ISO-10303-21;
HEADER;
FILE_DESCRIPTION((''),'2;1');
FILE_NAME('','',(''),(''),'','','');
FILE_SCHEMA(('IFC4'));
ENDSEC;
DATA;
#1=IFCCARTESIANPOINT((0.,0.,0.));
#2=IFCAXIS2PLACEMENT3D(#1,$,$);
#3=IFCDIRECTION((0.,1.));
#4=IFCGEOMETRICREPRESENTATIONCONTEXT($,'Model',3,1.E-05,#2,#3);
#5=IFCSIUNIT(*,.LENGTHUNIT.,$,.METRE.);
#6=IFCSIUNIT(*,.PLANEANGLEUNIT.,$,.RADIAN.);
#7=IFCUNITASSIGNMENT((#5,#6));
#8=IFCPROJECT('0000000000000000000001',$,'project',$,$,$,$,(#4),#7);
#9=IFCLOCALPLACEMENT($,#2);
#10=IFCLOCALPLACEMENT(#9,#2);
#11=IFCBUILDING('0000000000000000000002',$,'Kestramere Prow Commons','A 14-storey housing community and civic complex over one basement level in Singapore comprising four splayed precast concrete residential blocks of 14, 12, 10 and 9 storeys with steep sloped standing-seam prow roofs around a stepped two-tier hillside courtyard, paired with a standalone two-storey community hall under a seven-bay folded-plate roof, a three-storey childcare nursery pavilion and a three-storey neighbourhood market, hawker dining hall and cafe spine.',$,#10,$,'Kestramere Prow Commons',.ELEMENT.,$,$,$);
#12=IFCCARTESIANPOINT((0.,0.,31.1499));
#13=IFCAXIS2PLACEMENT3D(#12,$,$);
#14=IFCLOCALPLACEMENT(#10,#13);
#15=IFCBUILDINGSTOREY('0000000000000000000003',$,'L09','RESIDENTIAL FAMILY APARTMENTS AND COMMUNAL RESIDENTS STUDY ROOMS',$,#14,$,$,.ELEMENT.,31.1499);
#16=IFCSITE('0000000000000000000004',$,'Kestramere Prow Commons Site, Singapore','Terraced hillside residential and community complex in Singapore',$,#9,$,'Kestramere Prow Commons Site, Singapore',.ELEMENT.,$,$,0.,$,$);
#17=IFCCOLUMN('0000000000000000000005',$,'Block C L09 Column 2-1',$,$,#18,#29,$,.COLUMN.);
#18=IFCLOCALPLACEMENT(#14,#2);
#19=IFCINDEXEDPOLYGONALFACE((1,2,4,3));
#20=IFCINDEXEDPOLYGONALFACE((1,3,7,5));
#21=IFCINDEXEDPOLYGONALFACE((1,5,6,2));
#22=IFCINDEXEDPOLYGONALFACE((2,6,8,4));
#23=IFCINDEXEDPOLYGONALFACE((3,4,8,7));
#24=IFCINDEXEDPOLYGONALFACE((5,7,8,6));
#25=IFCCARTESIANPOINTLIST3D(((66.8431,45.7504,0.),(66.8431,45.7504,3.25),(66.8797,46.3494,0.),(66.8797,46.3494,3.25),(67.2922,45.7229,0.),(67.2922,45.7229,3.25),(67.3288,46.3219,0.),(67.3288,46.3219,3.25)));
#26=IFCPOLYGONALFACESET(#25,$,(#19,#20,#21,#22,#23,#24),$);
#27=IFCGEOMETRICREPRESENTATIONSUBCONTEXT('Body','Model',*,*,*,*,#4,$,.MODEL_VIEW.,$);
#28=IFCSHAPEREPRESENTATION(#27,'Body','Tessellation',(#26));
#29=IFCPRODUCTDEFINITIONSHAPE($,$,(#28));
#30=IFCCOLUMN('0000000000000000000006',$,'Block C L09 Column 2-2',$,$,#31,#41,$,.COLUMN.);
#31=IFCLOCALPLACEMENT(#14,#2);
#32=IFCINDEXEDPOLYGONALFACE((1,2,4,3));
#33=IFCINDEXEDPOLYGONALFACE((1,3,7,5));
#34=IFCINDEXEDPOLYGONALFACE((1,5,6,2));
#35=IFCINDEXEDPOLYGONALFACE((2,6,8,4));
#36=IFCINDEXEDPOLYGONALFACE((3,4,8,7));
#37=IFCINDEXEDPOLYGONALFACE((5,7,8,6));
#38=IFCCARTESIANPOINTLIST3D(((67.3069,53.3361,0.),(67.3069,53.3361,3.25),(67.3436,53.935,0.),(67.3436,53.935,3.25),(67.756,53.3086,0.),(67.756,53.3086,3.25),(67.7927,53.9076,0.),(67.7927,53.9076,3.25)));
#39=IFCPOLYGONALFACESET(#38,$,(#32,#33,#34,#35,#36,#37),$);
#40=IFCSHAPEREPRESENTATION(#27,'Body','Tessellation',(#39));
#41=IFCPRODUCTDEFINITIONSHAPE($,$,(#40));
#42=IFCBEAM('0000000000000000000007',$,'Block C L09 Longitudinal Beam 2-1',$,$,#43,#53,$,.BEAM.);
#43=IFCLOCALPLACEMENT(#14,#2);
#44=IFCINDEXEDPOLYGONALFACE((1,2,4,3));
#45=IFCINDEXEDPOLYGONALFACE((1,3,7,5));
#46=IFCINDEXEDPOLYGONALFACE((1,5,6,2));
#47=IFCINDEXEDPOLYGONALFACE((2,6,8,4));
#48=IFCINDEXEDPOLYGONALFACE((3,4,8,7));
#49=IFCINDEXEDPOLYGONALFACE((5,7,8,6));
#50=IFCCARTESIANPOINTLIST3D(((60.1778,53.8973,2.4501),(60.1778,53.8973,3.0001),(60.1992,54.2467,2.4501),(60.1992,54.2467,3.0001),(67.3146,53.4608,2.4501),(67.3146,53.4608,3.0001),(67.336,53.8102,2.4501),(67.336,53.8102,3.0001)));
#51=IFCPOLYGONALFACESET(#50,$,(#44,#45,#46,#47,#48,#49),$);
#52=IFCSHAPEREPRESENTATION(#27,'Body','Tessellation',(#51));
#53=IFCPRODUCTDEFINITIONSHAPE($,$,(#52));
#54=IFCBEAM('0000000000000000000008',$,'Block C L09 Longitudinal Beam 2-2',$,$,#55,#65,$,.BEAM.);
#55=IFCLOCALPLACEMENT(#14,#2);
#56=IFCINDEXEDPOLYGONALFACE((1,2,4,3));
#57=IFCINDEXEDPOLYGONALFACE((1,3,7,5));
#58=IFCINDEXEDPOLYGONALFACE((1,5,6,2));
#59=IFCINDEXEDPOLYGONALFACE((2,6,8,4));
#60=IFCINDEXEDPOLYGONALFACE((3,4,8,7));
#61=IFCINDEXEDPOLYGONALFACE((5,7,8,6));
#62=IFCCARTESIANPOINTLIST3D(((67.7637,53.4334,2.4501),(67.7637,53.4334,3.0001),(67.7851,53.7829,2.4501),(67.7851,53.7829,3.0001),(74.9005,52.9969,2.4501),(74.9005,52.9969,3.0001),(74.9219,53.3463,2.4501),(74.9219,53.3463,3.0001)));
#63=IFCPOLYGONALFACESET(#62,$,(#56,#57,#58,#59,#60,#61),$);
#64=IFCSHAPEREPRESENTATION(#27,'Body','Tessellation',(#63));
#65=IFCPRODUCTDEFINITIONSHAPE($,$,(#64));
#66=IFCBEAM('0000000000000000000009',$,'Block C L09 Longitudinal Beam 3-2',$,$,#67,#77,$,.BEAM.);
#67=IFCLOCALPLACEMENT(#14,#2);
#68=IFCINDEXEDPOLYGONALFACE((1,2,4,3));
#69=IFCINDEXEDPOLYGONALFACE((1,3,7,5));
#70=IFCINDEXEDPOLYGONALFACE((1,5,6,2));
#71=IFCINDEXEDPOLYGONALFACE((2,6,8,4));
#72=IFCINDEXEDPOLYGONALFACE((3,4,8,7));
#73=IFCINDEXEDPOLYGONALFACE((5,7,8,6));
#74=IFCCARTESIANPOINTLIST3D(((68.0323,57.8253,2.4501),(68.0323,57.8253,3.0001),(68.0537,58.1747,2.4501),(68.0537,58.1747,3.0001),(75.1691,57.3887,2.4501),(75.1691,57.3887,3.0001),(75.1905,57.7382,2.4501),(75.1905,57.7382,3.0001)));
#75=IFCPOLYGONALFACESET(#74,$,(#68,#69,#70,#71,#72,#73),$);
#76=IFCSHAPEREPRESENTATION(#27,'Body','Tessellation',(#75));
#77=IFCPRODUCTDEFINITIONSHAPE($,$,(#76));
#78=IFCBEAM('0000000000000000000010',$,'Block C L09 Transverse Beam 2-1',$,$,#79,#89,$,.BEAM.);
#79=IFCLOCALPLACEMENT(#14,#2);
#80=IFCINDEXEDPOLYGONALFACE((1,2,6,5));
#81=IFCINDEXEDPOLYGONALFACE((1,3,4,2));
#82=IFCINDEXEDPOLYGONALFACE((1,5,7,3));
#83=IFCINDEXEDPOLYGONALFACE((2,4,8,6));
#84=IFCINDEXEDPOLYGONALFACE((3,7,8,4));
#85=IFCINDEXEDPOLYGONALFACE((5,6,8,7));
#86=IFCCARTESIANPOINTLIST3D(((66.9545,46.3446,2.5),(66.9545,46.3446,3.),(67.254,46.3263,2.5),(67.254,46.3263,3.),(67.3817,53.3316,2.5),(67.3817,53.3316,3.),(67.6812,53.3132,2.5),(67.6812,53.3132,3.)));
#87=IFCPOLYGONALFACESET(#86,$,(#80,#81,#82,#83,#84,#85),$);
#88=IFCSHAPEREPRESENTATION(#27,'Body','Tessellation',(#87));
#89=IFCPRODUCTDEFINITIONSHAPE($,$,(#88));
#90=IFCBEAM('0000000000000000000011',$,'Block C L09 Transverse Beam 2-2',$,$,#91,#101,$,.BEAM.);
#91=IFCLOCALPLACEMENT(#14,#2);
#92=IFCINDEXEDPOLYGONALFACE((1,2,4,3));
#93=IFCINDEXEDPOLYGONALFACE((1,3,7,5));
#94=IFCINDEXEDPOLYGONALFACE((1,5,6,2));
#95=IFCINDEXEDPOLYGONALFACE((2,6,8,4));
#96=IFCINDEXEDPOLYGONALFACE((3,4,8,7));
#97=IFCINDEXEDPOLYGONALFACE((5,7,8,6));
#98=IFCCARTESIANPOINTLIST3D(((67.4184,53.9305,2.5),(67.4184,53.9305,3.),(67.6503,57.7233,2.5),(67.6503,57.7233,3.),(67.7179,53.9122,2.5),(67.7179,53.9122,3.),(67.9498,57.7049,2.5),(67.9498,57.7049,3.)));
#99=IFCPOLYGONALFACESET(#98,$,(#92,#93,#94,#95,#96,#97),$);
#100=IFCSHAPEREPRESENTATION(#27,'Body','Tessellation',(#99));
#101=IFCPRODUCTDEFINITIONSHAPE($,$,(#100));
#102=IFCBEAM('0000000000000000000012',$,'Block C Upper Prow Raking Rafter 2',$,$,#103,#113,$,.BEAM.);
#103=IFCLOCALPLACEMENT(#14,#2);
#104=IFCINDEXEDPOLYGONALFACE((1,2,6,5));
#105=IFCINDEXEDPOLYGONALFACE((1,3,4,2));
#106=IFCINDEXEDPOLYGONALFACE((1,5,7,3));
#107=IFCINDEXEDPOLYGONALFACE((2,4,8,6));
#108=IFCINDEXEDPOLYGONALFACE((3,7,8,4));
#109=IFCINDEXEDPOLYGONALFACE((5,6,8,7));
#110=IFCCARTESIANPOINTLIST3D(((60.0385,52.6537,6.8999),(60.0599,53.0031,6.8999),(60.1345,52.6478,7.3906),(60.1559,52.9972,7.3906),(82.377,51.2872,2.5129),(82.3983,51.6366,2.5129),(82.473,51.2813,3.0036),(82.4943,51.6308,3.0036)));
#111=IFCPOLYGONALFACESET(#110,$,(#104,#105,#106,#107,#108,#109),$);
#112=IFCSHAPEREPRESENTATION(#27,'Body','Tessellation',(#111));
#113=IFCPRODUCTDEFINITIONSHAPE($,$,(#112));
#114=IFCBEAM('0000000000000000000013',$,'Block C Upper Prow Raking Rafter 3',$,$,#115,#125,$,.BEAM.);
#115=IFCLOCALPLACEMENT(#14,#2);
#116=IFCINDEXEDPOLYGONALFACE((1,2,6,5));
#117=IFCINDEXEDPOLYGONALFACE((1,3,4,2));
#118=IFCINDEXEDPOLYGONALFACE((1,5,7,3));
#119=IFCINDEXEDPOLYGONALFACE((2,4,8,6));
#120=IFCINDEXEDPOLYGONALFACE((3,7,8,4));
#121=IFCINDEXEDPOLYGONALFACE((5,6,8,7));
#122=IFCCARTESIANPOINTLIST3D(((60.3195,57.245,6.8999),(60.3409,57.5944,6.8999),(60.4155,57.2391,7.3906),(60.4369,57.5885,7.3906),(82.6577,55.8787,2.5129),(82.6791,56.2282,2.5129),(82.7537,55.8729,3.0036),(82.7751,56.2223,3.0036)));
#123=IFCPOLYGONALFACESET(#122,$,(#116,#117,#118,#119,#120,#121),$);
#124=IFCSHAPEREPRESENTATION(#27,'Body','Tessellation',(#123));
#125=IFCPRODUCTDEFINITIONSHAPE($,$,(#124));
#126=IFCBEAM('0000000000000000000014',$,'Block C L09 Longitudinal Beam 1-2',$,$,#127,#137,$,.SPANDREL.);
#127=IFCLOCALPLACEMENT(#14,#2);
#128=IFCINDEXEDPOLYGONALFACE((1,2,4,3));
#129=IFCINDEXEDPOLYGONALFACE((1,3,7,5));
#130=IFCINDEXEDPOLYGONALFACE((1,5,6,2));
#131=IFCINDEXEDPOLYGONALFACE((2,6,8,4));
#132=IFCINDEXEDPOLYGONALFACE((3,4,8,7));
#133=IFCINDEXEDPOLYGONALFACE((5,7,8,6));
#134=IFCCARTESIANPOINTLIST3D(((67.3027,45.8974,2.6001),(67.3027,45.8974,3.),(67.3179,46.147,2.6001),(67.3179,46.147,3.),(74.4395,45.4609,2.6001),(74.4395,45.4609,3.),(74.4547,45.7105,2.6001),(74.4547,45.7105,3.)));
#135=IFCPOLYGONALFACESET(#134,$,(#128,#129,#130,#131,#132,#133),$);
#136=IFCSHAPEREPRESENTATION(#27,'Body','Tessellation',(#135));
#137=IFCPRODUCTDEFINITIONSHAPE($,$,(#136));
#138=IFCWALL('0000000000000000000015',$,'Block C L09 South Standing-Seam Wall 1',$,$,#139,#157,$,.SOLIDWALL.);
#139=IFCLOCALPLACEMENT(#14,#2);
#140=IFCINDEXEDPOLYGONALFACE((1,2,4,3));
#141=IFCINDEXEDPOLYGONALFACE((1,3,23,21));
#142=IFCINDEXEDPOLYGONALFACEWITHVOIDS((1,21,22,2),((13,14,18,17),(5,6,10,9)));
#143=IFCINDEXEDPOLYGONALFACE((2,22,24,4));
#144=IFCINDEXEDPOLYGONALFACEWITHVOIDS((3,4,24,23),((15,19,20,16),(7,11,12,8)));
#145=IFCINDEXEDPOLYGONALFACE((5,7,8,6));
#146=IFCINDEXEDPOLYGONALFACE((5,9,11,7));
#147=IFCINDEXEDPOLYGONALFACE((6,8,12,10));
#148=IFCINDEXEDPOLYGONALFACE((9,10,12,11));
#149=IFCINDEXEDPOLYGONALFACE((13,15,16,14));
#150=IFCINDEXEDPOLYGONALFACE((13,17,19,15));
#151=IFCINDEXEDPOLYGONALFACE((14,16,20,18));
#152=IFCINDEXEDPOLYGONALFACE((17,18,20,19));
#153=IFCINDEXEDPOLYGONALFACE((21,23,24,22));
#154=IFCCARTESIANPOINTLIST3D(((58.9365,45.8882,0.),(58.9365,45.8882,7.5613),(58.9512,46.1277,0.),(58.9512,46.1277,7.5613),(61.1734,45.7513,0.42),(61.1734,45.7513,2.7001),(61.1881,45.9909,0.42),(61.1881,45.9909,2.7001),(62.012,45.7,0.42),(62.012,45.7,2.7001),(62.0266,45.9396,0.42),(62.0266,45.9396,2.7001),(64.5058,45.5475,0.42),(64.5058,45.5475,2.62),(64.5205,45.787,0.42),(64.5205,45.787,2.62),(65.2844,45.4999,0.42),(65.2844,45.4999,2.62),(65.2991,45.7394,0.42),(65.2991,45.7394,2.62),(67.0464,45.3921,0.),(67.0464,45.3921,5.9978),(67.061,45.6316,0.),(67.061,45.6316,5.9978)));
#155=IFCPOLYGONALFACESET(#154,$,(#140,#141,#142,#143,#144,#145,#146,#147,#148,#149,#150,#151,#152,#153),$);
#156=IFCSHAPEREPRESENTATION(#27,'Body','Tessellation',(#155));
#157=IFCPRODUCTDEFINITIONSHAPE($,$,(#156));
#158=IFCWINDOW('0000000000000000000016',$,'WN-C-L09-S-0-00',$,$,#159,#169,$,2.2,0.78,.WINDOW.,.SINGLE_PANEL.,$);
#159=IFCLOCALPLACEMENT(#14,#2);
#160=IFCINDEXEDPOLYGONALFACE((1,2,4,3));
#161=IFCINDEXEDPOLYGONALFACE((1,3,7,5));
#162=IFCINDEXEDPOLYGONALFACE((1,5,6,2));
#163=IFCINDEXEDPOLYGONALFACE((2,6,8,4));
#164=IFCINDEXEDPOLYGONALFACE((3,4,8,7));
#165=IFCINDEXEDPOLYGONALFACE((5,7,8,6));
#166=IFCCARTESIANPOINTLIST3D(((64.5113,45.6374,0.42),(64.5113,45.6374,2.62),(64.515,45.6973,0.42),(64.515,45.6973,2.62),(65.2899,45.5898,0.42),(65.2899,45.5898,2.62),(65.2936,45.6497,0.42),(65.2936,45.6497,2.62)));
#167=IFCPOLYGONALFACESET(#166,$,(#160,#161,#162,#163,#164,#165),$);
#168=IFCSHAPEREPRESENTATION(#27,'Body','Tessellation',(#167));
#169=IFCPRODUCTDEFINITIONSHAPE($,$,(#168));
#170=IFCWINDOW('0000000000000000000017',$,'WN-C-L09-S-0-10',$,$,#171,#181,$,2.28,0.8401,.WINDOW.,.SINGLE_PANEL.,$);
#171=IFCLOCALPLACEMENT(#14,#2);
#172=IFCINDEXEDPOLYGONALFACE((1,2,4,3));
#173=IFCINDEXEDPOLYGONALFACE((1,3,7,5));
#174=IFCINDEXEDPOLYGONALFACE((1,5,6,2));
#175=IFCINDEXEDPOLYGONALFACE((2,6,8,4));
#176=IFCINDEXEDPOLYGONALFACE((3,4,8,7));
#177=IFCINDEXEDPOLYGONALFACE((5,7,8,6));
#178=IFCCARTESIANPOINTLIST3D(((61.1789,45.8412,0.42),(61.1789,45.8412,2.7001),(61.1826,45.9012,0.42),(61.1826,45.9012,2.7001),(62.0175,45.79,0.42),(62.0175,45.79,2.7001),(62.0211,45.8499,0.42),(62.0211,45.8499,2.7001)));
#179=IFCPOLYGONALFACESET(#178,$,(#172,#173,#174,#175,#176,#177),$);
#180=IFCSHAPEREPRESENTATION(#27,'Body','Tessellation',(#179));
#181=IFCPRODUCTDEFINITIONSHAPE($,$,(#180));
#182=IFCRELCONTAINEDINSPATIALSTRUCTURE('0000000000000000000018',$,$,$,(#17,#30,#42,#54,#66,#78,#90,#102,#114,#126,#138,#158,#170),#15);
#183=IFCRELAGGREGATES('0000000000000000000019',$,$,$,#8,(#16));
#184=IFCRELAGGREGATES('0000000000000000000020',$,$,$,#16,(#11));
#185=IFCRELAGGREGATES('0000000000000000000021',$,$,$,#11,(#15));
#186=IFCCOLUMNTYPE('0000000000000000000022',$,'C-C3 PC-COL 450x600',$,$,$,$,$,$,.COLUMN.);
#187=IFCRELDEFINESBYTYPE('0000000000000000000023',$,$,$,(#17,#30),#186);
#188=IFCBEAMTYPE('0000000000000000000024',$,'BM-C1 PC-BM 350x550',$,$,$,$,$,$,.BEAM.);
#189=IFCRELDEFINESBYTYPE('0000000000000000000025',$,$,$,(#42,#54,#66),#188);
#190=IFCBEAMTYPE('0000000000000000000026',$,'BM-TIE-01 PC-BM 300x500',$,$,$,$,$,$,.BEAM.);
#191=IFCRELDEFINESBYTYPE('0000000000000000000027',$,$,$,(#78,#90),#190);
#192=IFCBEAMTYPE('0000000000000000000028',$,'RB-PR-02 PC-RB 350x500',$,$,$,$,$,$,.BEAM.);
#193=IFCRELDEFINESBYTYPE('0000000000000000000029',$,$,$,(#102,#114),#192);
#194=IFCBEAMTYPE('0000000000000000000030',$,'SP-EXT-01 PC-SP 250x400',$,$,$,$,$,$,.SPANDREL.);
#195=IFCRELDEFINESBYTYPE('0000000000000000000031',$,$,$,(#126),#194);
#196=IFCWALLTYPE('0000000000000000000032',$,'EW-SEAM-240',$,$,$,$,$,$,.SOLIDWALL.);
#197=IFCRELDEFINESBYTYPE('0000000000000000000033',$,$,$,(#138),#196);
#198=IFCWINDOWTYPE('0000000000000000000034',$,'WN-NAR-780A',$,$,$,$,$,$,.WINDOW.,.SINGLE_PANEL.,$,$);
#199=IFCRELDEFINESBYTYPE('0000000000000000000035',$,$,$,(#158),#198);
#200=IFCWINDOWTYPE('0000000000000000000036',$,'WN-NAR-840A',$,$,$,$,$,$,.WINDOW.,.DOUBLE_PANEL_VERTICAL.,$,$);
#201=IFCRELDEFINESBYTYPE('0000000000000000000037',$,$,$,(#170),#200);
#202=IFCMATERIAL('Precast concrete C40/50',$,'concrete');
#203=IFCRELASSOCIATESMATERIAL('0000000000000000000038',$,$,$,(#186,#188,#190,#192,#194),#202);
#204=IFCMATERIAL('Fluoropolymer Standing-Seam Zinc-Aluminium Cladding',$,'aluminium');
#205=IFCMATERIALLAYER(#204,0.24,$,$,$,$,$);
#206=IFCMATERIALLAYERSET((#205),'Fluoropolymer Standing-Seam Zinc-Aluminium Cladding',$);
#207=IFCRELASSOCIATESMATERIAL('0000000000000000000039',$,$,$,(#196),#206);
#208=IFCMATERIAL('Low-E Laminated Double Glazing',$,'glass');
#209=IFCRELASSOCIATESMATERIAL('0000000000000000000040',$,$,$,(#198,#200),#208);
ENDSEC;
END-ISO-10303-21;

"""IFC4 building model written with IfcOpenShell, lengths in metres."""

from ifc_helpers import new_model, si_unit, direction, frame, frame_2d, origin, origin_2d, place, context, subcontext, project, spatial, polyline, rectangle, outline, extrude, material, layer, layer_set, material_profile, profile_set, type_object, element, fill, save


model = new_model("IFC4")

# Units and contexts
model_context = context("Model", 3, precision=1e-05, world=origin(), true_north=direction((0.0, 1.0)))
body_context = subcontext(model_context, "Body", "Model", "MODEL_VIEW")
ifc_project = project(units=[si_unit("LENGTHUNIT", "METRE"), si_unit("PLANEANGLEUNIT", "RADIAN")], contexts=[model_context])

# Site, building, storey
site_placement = place(None, origin())
site = spatial("IfcSite", under=ifc_project, at=site_placement, Name="Kestramere Prow Commons Site, Singapore", Description="Terraced hillside residential and community complex in Singapore", LongName="Kestramere Prow Commons Site, Singapore", CompositionType="ELEMENT", RefElevation=0.0)
building_placement = place(site_placement, origin())
building = spatial("IfcBuilding", under=site, at=building_placement, Name="Kestramere Prow Commons", Description="A 14-storey housing community and civic complex over one basement level in Singapore comprising four splayed precast concrete residential blocks of 14, 12, 10 and 9 storeys with steep sloped standing-seam prow roofs around a stepped two-tier hillside courtyard, paired with a standalone two-storey community hall under a seven-bay folded-plate roof, a three-storey childcare nursery pavilion and a three-storey neighbourhood market, hawker dining hall and cafe spine.", LongName="Kestramere Prow Commons", CompositionType="ELEMENT")
storey_placement = place(building_placement, frame((0.0, 0.0, 31.1499)))
storey = spatial("IfcBuildingStorey", under=building, at=storey_placement, Name="L09", Description="RESIDENTIAL FAMILY APARTMENTS AND COMMUNAL RESIDENTS STUDY ROOMS", CompositionType="ELEMENT", Elevation=31.1499)

# Columns
ifc_material_1 = material(Name="Precast concrete C40/50", Category="concrete")
ifc_material_profile_1 = material_profile(ifc_material_1, rectangle(XDim=0.45, YDim=0.6001, at=origin_2d()), Name="PC-COL 450x600")
ifc_profile_set_1 = profile_set([ifc_material_profile_1], Name="Precast concrete C40/50")
column_type = type_object("IfcColumnType", Name="C-C3 PC-COL 450x600", PredefinedType="COLUMN", material=ifc_profile_set_1)
for number, where, z_axis, x_axis, name in (
    (1, (67.0859, 46.0361, 0.0), (0.0, 0.0, 1.0), (0.998135, -0.061049, 0.0), "Block C L09 Column 2-1"),
    (2, (67.5498, 53.6218, 0.0), (0.0, 0.0, 1.0), (0.998135, -0.061049, 0.0), "Block C L09 Column 2-2"),
):
    element("IfcColumn", number, at=place(storey_placement, frame(where, z_axis=z_axis, x_axis=x_axis)), inside=storey, type_object=column_type, Name=name, PredefinedType="COLUMN", context=body_context, shape_type="SweptSolid", body=[
        extrude(rectangle(XDim=0.45, YDim=0.6001, at=origin_2d()), origin(), (0.0, 0.0, 1.0), 3.25),
    ])

# Beams
ifc_material_profile_2 = material_profile(ifc_material_1, rectangle(XDim=0.3501, YDim=0.55, at=origin_2d()), Name="PC-BM 350x550")
ifc_profile_set_2 = profile_set([ifc_material_profile_2], Name="Precast concrete C40/50")
beam_type_1 = type_object("IfcBeamType", Name="BM-C1 PC-BM 350x550", PredefinedType="BEAM", material=ifc_profile_set_2)
for number, where, z_axis, x_axis, name in (
    (3, (60.1885, 54.072, 2.7251), (0.998135, -0.061052, 0.0), (0.061052, 0.998135, 0.0), "Block C L09 Longitudinal Beam 2-1"),
    (4, (67.7744, 53.6082, 2.7251), (0.998135, -0.061052, 0.0), (0.061052, 0.998135, 0.0), "Block C L09 Longitudinal Beam 2-2"),
    (5, (68.043, 58.0, 2.7251), (0.998135, -0.061052, 0.0), (0.061052, 0.998135, 0.0), "Block C L09 Longitudinal Beam 3-2"),
):
    element("IfcBeam", number, at=place(storey_placement, frame(where, z_axis=z_axis, x_axis=x_axis)), inside=storey, type_object=beam_type_1, Name=name, PredefinedType="BEAM", context=body_context, shape_type="SweptSolid", body=[
        extrude(rectangle(XDim=0.3501, YDim=0.55, at=origin_2d()), origin(), (0.0, 0.0, 1.0), 7.1501),
    ])
ifc_material_profile_3 = material_profile(ifc_material_1, rectangle(XDim=0.3, YDim=0.5, at=origin_2d()), Name="PC-BM 300x500")
ifc_profile_set_3 = profile_set([ifc_material_profile_3], Name="Precast concrete C40/50")
beam_type_2 = type_object("IfcBeamType", Name="BM-TIE-01 PC-BM 300x500", PredefinedType="BEAM", material=ifc_profile_set_3)
beam_1_placement = place(storey_placement, frame((67.1042, 46.3354, 2.75), z_axis=(0.061034, 0.998136, 0.0), x_axis=(-0.998136, 0.061034, 0.0)))
element("IfcBeam", 6, at=beam_1_placement, inside=storey, type_object=beam_type_2, Name="Block C L09 Transverse Beam 2-1", PredefinedType="BEAM", context=body_context, shape_type="SweptSolid", body=[
    extrude(rectangle(XDim=0.3, YDim=0.5, at=origin_2d()), origin(), (0.0, 0.0, 1.0), 7.0),
])
beam_2_placement = place(storey_placement, frame((67.5681, 53.9214, 2.75), z_axis=(0.061038, 0.998135, 0.0), x_axis=(-0.998135, 0.061038, 0.0)))
element("IfcBeam", 7, at=beam_2_placement, inside=storey, type_object=beam_type_2, Name="Block C L09 Transverse Beam 2-2", PredefinedType="BEAM", context=body_context, shape_type="SweptSolid", body=[
    extrude(rectangle(XDim=0.3, YDim=0.5, at=origin_2d()), origin(), (0.0, 0.0, 1.0), 3.7998),
])
ifc_material_profile_4 = material_profile(ifc_material_1, rectangle(XDim=0.3501, YDim=0.5, at=origin_2d()), Name="PC-RB 350x500")
ifc_profile_set_4 = profile_set([ifc_material_profile_4], Name="Precast concrete C40/50")
beam_type_3 = type_object("IfcBeamType", Name="RB-PR-02 PC-RB 350x500", PredefinedType="BEAM", material=ifc_profile_set_4)
beam_3_placement = place(storey_placement, frame((60.0972, 52.8254, 7.1453), z_axis=(0.979494, -0.059916, -0.19236), x_axis=(0.061057, 0.998134, 0.0)))
element("IfcBeam", 8, at=beam_3_placement, inside=storey, type_object=beam_type_3, Name="Block C Upper Prow Raking Rafter 2", PredefinedType="BEAM", context=body_context, shape_type="SweptSolid", body=[
    extrude(rectangle(XDim=0.3501, YDim=0.5, at=origin_2d()), origin(), (0.0, 0.0, 1.0), 22.8062),
])
beam_4_placement = place(storey_placement, frame((60.3782, 57.4167, 7.1453), z_axis=(0.979494, -0.059906, -0.192362), x_axis=(0.061046, 0.998135, 0.0)))
element("IfcBeam", 9, at=beam_4_placement, inside=storey, type_object=beam_type_3, Name="Block C Upper Prow Raking Rafter 3", PredefinedType="BEAM", context=body_context, shape_type="SweptSolid", body=[
    extrude(rectangle(XDim=0.3501, YDim=0.5, at=origin_2d()), origin(), (0.0, 0.0, 1.0), 22.8059),
])
ifc_material_profile_5 = material_profile(ifc_material_1, rectangle(XDim=0.25, YDim=0.3999, at=origin_2d()), Name="PC-SP 250x400")
ifc_profile_set_5 = profile_set([ifc_material_profile_5], Name="Precast concrete C40/50")
beam_type_4 = type_object("IfcBeamType", Name="SP-EXT-01 PC-SP 250x400", PredefinedType="SPANDREL", material=ifc_profile_set_5)
beam_5_placement = place(storey_placement, frame((67.3103, 46.0222, 2.8), z_axis=(0.998135, -0.061052, 0.0), x_axis=(0.061052, 0.998135, 0.0)))
element("IfcBeam", 10, at=beam_5_placement, inside=storey, type_object=beam_type_4, Name="Block C L09 Longitudinal Beam 1-2", PredefinedType="SPANDREL", context=body_context, shape_type="SweptSolid", body=[
    extrude(rectangle(XDim=0.25, YDim=0.3999, at=origin_2d()), origin(), (0.0, 0.0, 1.0), 7.1501),
])

# Wall, openings, windows
ifc_material_2 = material(Name="Fluoropolymer Standing-Seam Zinc-Aluminium Cladding", Category="aluminium")
ifc_layer_1 = layer(ifc_material_2, 0.24)
ifc_layer_set_1 = layer_set([ifc_layer_1], Name="Fluoropolymer Standing-Seam Zinc-Aluminium Cladding")
wall_type_1 = type_object("IfcWallType", Name="EW-SEAM-240", PredefinedType="SOLIDWALL", material=ifc_layer_set_1)
wall_1_placement = place(storey_placement, frame((67.0537, 45.512, 0.0), z_axis=(0.0, 0.0, 1.0), x_axis=(-0.998134, 0.061058, 0.0)))
wall_1 = element("IfcWall", 11, at=wall_1_placement, inside=storey, type_object=wall_type_1, Name="Block C L09 South Standing-Seam Wall 1", PredefinedType="SOLIDWALL", context=body_context, shape_type="SweptSolid", body=[
    extrude(outline(polyline([(0.0, 0.0), (8.125, 0.0), (8.125, 7.5613), (0.0, 5.9978), (0.0, 0.0)])), frame((0.0, 0.1201, 0.0), z_axis=(0.0, -1.0, 0.0), x_axis=(1.0, 0.0, 0.0)), (0.0, 0.0, 1.0), 0.24),
])
opening_1_placement = place(wall_1_placement, frame((1.7651, 0.0, 0.4199)))
opening_1 = element("IfcOpeningElement", 12, at=opening_1_placement, cuts=wall_1, PredefinedType="OPENING", context=body_context, shape_type="SweptSolid", body=[
    extrude(rectangle(XDim=0.78, YDim=2.2, at=frame_2d((0.3901, 1.1001))), frame((0.0, 0.135, 0.0), z_axis=(0.0, -1.0, 0.0), x_axis=(1.0, 0.0, 0.0)), (0.0, 0.0, 1.0), 0.27),
])
opening_2_placement = place(wall_1_placement, frame((5.0439, 0.0, 0.4199)))
opening_2 = element("IfcOpeningElement", 13, at=opening_2_placement, cuts=wall_1, PredefinedType="OPENING", context=body_context, shape_type="SweptSolid", body=[
    extrude(rectangle(XDim=0.8401, YDim=2.28, at=frame_2d((0.4199, 1.1401))), frame((0.0, 0.135, 0.0), z_axis=(0.0, -1.0, 0.0), x_axis=(1.0, 0.0, 0.0)), (0.0, 0.0, 1.0), 0.27),
])
ifc_material_3 = material(Name="Low-E Laminated Double Glazing", Category="glass")
window_type_1 = type_object("IfcWindowType", Name="WN-NAR-780A", PartitioningType="SINGLE_PANEL", PredefinedType="WINDOW", material=ifc_material_3)
window_1_placement = place(opening_1_placement, origin())
window_1 = element("IfcWindow", 14, at=window_1_placement, inside=storey, type_object=window_type_1, Name="WN-C-L09-S-0-00", OverallHeight=2.2, OverallWidth=0.78, PartitioningType="SINGLE_PANEL", PredefinedType="WINDOW", context=body_context, shape_type="SweptSolid", body=[
    extrude(rectangle(XDim=0.78, YDim=2.2, at=frame_2d((0.3901, 1.1001))), frame((0.0, 0.03, 0.0), z_axis=(0.0, -1.0, 0.0), x_axis=(1.0, 0.0, 0.0)), (0.0, 0.0, 1.0), 0.0601),
])
fill(opening_1, window_1)
window_type_2 = type_object("IfcWindowType", Name="WN-NAR-840A", PartitioningType="DOUBLE_PANEL_VERTICAL", PredefinedType="WINDOW", material=ifc_material_3)
window_2_placement = place(opening_2_placement, origin())
window_2 = element("IfcWindow", 15, at=window_2_placement, inside=storey, type_object=window_type_2, Name="WN-C-L09-S-0-10", OverallHeight=2.28, OverallWidth=0.8401, PartitioningType="SINGLE_PANEL", PredefinedType="WINDOW", context=body_context, shape_type="SweptSolid", body=[
    extrude(rectangle(XDim=0.8401, YDim=2.28, at=frame_2d((0.4199, 1.1401))), frame((0.0, 0.03, 0.0), z_axis=(0.0, -1.0, 0.0), x_axis=(1.0, 0.0, 0.0)), (0.0, 0.0, 1.0), 0.0601),
])
fill(opening_2, window_2)

save(model, "model.ifc")
